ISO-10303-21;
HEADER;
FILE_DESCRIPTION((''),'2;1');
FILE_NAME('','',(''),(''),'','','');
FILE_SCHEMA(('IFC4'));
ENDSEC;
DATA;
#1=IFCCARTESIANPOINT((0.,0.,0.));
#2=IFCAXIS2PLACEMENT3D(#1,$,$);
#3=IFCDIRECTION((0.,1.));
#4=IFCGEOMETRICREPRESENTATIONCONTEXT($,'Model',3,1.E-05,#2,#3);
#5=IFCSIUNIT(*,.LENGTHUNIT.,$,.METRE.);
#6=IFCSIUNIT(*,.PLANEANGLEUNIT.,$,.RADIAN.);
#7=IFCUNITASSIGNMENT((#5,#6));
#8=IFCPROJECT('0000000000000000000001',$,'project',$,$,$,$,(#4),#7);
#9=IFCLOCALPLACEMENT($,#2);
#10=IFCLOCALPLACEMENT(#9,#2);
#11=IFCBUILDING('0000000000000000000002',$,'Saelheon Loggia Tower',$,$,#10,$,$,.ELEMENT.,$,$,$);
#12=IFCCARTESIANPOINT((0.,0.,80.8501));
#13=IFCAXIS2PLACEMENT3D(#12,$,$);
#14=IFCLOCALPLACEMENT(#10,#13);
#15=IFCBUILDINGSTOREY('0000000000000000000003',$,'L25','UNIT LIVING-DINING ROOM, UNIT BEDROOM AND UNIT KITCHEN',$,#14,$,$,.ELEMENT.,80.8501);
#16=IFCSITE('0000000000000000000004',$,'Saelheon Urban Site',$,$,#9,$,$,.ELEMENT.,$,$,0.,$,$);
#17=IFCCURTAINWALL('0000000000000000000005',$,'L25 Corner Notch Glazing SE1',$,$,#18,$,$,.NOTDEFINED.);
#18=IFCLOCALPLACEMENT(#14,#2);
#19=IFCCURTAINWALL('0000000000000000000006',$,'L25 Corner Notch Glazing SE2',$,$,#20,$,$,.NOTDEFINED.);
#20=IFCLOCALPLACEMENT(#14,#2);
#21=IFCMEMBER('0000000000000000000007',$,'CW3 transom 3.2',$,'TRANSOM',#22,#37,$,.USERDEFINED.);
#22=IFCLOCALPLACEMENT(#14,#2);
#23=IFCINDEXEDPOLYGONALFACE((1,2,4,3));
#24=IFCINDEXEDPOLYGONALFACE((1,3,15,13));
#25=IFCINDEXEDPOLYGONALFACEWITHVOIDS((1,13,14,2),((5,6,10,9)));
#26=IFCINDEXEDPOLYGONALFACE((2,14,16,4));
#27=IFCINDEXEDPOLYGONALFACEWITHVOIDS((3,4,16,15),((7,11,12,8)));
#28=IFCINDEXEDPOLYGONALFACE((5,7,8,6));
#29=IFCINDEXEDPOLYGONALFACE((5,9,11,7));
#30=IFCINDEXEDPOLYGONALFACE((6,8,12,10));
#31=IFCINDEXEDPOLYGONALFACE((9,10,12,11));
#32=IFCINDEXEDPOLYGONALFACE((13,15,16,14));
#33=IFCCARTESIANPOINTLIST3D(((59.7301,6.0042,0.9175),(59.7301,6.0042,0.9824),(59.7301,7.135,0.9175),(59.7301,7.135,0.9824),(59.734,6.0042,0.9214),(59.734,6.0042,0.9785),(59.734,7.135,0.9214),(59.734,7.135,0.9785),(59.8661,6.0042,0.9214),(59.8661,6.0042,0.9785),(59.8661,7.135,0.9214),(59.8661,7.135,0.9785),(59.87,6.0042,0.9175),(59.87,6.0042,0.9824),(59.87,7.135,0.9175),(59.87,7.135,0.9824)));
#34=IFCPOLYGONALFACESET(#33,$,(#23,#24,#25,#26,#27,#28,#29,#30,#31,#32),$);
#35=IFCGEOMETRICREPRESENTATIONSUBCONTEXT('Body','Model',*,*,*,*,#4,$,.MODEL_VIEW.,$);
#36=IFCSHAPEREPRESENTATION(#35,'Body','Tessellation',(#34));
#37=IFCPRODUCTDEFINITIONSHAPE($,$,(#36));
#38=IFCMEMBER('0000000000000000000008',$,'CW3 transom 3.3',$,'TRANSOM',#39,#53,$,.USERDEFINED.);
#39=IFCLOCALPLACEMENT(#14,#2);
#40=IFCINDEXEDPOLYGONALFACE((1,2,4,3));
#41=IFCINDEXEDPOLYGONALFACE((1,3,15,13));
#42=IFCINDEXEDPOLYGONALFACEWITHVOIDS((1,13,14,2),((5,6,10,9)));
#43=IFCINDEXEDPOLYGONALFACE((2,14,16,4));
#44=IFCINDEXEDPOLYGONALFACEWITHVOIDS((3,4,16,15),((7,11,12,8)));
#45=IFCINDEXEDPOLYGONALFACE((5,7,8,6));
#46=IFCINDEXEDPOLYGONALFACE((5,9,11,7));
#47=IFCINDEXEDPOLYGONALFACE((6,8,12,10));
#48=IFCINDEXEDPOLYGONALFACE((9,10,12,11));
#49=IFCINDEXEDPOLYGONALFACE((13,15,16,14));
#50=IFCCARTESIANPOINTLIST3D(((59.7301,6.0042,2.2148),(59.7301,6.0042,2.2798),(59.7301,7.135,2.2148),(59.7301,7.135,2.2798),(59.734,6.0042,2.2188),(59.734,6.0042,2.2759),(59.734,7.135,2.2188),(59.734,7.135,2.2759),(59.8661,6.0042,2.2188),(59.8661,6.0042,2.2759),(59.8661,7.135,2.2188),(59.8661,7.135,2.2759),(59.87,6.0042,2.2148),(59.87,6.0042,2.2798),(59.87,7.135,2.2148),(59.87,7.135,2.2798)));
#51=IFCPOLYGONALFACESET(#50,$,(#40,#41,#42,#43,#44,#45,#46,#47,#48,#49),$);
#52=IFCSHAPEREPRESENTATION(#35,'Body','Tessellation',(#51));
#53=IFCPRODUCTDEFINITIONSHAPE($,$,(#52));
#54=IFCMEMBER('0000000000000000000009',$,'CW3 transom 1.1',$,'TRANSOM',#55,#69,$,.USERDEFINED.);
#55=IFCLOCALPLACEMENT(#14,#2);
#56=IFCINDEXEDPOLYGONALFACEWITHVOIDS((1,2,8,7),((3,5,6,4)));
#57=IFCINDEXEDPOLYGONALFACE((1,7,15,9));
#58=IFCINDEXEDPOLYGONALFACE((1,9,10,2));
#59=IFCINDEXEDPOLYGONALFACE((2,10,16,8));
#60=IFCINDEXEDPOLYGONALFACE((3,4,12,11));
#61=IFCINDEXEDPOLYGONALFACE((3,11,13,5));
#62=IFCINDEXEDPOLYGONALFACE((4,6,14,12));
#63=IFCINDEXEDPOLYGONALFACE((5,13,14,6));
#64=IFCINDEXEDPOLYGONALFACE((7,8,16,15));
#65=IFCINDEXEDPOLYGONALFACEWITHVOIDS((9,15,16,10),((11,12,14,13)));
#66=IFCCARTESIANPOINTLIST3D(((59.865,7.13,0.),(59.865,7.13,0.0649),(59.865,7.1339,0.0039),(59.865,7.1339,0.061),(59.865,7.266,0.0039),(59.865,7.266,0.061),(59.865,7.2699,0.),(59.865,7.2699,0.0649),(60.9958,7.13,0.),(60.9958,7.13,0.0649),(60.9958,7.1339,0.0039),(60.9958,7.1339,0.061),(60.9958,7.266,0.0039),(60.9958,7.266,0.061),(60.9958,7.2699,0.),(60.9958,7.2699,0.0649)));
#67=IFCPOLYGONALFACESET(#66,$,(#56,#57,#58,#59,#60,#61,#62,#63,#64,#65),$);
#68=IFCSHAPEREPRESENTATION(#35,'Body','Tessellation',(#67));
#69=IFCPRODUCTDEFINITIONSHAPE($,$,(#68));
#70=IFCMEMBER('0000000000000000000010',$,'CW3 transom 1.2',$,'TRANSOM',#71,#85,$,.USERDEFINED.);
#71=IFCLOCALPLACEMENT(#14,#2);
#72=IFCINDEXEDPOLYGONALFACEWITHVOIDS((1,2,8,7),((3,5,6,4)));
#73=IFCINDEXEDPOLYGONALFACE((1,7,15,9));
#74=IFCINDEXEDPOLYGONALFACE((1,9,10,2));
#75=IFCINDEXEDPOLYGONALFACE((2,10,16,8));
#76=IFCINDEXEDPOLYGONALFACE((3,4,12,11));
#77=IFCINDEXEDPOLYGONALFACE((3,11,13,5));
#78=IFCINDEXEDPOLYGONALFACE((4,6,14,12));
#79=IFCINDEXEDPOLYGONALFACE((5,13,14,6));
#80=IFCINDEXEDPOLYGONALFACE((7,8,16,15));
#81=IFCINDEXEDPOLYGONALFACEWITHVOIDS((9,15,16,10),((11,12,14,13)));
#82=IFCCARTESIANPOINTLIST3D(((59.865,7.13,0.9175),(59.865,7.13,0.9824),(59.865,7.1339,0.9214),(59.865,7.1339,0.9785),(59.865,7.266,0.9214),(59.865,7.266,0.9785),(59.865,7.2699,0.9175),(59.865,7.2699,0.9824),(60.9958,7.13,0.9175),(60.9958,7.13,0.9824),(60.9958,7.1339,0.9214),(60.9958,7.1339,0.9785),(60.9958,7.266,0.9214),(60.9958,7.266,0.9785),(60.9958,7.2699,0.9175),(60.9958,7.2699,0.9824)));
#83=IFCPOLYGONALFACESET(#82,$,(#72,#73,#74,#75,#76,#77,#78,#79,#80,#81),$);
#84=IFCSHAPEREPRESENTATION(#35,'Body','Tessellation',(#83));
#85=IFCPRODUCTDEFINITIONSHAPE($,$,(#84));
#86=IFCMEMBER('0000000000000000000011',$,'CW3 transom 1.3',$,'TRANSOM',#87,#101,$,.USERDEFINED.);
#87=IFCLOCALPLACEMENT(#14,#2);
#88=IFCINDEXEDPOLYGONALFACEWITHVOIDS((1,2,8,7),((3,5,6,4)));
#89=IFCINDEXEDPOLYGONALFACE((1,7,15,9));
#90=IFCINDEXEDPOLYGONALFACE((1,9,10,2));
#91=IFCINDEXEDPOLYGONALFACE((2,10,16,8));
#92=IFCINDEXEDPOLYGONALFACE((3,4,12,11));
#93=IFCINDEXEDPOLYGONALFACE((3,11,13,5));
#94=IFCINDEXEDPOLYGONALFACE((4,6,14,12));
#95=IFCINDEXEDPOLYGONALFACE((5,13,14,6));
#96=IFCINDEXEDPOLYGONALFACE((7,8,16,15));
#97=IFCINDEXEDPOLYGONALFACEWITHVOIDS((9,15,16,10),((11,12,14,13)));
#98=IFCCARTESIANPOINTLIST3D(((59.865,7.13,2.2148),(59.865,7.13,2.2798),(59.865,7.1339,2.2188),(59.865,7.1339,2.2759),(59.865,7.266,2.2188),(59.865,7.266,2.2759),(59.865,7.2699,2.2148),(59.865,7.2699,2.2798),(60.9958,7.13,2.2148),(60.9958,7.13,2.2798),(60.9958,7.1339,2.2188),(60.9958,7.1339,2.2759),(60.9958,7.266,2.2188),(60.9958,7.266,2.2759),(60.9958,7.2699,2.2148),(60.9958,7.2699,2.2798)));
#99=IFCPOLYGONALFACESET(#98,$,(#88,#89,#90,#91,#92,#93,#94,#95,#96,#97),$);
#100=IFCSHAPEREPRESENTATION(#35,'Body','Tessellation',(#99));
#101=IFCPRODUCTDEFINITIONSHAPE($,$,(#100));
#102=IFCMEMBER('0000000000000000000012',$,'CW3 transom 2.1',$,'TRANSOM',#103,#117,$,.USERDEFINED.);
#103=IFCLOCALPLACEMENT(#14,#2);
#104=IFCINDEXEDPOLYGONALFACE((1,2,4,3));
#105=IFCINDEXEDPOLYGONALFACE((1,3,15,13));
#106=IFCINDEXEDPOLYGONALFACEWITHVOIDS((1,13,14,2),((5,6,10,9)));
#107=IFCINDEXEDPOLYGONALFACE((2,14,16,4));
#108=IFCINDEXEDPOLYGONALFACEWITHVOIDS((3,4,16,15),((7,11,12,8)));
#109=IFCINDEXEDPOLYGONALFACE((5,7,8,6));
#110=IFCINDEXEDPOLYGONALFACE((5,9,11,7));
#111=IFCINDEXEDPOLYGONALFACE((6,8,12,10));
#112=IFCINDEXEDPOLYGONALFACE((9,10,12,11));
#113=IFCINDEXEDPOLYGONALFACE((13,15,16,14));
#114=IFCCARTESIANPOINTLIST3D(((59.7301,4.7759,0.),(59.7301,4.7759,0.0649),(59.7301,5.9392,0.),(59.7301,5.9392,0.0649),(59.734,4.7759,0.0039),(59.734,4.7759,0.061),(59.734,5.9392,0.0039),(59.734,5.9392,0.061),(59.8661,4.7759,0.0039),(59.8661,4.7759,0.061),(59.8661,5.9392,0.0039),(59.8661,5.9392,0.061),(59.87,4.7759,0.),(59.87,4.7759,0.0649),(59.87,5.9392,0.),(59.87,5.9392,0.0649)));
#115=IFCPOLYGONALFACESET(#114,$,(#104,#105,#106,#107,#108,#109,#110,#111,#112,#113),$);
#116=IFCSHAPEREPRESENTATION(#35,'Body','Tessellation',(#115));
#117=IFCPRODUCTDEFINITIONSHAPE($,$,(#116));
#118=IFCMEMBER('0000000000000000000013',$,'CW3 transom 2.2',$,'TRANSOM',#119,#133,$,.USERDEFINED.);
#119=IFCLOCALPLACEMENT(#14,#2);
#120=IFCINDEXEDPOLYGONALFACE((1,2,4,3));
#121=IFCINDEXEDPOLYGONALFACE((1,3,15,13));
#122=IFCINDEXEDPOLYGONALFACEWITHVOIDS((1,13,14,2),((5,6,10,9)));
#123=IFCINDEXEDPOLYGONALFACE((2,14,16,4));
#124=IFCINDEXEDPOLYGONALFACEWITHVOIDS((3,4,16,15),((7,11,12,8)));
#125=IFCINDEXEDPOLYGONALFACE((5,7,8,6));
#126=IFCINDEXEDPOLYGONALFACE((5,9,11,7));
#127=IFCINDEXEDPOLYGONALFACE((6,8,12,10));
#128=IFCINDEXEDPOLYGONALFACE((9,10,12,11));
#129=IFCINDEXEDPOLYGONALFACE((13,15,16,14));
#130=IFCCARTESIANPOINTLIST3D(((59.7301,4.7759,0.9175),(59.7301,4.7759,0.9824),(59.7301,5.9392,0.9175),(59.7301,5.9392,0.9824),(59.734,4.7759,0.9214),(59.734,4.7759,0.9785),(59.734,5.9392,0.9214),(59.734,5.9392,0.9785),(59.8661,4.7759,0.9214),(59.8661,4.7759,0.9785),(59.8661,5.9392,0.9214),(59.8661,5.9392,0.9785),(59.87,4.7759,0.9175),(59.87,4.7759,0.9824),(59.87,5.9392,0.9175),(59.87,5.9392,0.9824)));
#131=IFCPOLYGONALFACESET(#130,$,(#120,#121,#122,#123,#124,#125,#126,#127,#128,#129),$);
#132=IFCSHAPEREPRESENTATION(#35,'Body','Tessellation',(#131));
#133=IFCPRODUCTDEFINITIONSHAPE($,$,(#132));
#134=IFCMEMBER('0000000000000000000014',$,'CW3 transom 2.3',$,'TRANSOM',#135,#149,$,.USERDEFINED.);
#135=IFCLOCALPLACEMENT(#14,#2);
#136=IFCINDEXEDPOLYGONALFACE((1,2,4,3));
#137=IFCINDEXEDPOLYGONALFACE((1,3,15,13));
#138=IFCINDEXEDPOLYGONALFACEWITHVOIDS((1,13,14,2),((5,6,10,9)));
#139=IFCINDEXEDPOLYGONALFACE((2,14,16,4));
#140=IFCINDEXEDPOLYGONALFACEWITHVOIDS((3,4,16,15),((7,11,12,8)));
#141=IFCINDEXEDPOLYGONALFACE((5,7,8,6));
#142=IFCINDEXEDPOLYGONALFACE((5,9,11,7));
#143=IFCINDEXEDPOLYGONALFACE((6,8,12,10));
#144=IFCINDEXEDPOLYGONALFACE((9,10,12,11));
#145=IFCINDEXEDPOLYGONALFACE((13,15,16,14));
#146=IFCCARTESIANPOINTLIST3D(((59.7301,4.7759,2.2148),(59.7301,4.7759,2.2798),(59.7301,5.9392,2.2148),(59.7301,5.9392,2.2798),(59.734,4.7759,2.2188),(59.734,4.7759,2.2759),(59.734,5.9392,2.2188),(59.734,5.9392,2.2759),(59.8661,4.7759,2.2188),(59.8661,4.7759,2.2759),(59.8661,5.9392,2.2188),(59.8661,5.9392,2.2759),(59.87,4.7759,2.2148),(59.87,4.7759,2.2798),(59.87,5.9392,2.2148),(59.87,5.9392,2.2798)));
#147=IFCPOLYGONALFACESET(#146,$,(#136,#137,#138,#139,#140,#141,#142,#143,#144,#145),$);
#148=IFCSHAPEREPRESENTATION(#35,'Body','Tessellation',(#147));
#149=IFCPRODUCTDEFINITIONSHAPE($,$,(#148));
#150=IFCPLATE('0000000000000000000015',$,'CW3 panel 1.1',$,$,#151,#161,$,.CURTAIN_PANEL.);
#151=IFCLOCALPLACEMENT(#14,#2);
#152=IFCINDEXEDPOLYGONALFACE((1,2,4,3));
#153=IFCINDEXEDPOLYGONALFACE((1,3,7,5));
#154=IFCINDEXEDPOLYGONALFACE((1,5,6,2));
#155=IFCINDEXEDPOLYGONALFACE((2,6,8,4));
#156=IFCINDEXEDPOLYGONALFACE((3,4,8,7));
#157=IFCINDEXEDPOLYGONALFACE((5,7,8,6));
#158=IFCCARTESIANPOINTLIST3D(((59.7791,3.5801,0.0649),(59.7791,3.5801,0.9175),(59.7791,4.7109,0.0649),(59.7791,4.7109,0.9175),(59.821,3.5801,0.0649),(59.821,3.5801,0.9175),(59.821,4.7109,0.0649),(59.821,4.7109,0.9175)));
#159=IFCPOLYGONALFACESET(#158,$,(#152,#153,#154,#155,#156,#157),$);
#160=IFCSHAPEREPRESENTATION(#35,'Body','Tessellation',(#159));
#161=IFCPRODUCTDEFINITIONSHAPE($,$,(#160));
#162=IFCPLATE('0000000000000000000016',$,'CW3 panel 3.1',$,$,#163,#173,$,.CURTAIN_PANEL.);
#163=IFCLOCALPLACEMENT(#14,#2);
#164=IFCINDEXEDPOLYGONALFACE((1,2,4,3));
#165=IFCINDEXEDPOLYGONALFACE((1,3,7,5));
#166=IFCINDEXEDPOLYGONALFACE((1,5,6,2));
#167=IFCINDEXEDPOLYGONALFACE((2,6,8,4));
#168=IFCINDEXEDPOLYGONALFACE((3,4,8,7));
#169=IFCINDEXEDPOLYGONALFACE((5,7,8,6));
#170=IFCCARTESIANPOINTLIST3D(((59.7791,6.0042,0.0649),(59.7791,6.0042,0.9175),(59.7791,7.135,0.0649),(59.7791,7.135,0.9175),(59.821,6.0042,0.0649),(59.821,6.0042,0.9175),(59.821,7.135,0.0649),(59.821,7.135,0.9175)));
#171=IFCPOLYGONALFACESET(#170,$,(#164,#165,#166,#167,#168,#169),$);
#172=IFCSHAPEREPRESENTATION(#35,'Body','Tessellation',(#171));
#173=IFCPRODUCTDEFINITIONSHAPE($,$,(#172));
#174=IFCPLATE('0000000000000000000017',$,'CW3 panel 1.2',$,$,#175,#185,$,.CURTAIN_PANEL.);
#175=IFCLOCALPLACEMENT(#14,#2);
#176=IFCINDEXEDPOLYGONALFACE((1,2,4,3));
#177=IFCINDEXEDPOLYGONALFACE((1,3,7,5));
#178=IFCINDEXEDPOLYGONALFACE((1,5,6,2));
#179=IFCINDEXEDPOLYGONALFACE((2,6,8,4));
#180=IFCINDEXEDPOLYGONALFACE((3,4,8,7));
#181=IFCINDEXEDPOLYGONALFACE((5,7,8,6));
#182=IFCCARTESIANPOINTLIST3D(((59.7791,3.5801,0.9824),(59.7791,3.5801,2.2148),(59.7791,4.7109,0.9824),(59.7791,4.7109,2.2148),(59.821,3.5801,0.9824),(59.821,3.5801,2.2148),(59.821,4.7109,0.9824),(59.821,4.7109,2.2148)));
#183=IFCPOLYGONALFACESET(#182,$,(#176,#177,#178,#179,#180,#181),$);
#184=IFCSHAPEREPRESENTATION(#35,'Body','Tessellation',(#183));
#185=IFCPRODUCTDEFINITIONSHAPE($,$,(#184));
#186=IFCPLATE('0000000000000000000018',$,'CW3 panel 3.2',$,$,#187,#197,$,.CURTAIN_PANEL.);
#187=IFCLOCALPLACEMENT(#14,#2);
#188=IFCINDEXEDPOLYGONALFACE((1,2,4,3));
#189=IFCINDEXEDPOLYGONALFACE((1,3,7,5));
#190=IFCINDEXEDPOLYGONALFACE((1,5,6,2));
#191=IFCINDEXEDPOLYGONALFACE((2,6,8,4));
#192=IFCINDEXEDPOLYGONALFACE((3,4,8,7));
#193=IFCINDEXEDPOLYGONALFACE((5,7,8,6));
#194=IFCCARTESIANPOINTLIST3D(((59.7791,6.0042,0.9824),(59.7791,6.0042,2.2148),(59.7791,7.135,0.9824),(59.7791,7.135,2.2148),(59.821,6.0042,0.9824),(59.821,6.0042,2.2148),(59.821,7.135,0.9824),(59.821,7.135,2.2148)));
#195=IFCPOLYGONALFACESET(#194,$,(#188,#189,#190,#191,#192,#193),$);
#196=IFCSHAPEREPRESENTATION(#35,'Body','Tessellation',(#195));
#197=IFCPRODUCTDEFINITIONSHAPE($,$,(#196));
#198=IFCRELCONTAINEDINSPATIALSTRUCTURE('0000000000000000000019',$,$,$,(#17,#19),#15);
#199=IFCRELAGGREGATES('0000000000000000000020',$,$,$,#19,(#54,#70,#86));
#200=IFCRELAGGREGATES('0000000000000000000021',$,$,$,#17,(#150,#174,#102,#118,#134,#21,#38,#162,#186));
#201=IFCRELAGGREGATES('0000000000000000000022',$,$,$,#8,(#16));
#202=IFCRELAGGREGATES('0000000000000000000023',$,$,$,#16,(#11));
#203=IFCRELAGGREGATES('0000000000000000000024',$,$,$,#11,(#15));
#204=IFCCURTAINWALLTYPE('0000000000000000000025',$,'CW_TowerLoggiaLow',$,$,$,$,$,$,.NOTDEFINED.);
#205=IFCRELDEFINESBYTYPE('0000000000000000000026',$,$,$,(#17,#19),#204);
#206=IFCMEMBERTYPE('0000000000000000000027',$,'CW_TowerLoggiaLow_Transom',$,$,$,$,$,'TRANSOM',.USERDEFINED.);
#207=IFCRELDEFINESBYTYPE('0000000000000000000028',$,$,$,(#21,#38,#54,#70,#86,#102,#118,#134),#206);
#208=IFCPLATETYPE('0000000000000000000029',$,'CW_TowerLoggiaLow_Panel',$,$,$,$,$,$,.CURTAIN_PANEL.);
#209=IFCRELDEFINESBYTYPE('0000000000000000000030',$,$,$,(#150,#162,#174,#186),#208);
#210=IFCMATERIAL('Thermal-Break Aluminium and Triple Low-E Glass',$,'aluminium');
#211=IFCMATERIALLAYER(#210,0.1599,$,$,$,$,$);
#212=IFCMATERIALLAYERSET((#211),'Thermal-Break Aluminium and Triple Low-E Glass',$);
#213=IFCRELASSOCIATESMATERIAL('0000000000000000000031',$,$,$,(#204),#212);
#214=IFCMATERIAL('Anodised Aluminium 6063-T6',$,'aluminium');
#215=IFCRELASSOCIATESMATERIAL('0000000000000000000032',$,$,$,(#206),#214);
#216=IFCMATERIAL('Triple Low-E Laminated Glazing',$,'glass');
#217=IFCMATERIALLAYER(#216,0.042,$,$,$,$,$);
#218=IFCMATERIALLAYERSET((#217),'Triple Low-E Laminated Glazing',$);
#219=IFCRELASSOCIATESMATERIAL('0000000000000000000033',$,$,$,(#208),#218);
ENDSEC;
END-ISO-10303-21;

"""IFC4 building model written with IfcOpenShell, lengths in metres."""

from ifc_helpers import new_model, si_unit, direction, frame, origin, origin_2d, place, context, subcontext, project, spatial, rectangle, hollow_rectangle, extrude, source, transform, mapped, material, layer, layer_set, material_profile, profile_set, type_object, element, aggregate, save


model = new_model("IFC4")

# Units and contexts
model_context = context("Model", 3, precision=1e-05, world=origin(), true_north=direction((0.0, 1.0)))
body_context = subcontext(model_context, "Body", "Model", "MODEL_VIEW")
ifc_project = project(units=[si_unit("LENGTHUNIT", "METRE"), si_unit("PLANEANGLEUNIT", "RADIAN")], contexts=[model_context])

# Site, building, storey
site_placement = place(None, origin())
site = spatial("IfcSite", under=ifc_project, at=site_placement, Name="Saelheon Urban Site", CompositionType="ELEMENT", RefElevation=0.0)
building_placement = place(site_placement, origin())
building = spatial("IfcBuilding", under=site, at=building_placement, Name="Saelheon Loggia Tower", CompositionType="ELEMENT")
storey_placement = place(building_placement, frame((0.0, 0.0, 80.8501)))
storey = spatial("IfcBuildingStorey", under=building, at=storey_placement, Name="L25", Description="UNIT LIVING-DINING ROOM, UNIT BEDROOM AND UNIT KITCHEN", CompositionType="ELEMENT", Elevation=80.8501)

# Curtain wall
ifc_material_1 = material(Name="Thermal-Break Aluminium and Triple Low-E Glass", Category="aluminium")
ifc_layer_1 = layer(ifc_material_1, 0.1599)
ifc_layer_set_1 = layer_set([ifc_layer_1], Name="Thermal-Break Aluminium and Triple Low-E Glass")
curtain_wall_type = type_object("IfcCurtainWallType", Name="CW_TowerLoggiaLow", PredefinedType="NOTDEFINED", material=ifc_layer_set_1)
curtain_wall_1_placement = place(storey_placement, origin())
curtain_wall_1 = element("IfcCurtainWall", 1, at=curtain_wall_1_placement, inside=storey, type_object=curtain_wall_type, Name="L25 Corner Notch Glazing SE1", PredefinedType="NOTDEFINED")
ifc_material_2 = material(Name="Anodised Aluminium 6063-T6", Category="aluminium")

# Curtain wall
curtain_wall_2_placement = place(storey_placement, origin())
curtain_wall_2 = element("IfcCurtainWall", 2, at=curtain_wall_2_placement, inside=storey, type_object=curtain_wall_type, Name="L25 Corner Notch Glazing SE2", PredefinedType="NOTDEFINED")

# Members
ifc_material_profile_1 = material_profile(ifc_material_2, hollow_rectangle(XDim=0.0649, YDim=0.1399, WallThickness=0.0039, at=origin_2d()), Name="RHS-140x65x4")
ifc_profile_set_1 = profile_set([ifc_material_profile_1], Name="Anodised Aluminium 6063-T6")
member_type_1 = type_object("IfcMemberType", Name="CW_TowerLoggiaLow_Transom", ElementType="TRANSOM", PredefinedType="USERDEFINED", material=ifc_profile_set_1)
shared_shape_1 = source(origin(), body_context, "Body", "SweptSolid", [
    extrude(hollow_rectangle(XDim=0.0649, YDim=0.1399, WallThickness=0.0039, at=origin_2d()), origin(), (0.0, 0.0, 1.0), 1.1309),
])
member_1_placement = place(storey_placement, frame((59.8, 6.0042, 0.95), z_axis=(0.0, 1.0, 0.0), x_axis=(0.0, 0.0, 1.0)))
member_1 = element("IfcMember", 3, at=member_1_placement, type_object=member_type_1, Name="CW3 transom 3.2", ObjectType="TRANSOM", PredefinedType="USERDEFINED", context=body_context, shape_type="MappedRepresentation", body=[
    mapped(shared_shape_1, transform((0.0, 0.0, 0.0), scale=1.0)),
])
member_2_placement = place(storey_placement, frame((59.8, 6.0042, 2.2473), z_axis=(0.0, 1.0, 0.0), x_axis=(0.0, 0.0, 1.0)))
member_2 = element("IfcMember", 4, at=member_2_placement, type_object=member_type_1, Name="CW3 transom 3.3", ObjectType="TRANSOM", PredefinedType="USERDEFINED", context=body_context, shape_type="MappedRepresentation", body=[
    mapped(shared_shape_1, transform((0.0, 0.0, 0.0), scale=1.0)),
])
member_3_placement = place(storey_placement, frame((59.865, 7.2, 0.0325), z_axis=(1.0, 0.0, 0.0), x_axis=(0.0, 0.0, 1.0)))
member_3 = element("IfcMember", 5, at=member_3_placement, type_object=member_type_1, Name="CW3 transom 1.1", ObjectType="TRANSOM", PredefinedType="USERDEFINED", context=body_context, shape_type="MappedRepresentation", body=[
    mapped(shared_shape_1, transform((0.0, 0.0, 0.0), scale=1.0)),
])
member_4_placement = place(storey_placement, frame((59.865, 7.2, 0.95), z_axis=(1.0, 0.0, 0.0), x_axis=(0.0, 0.0, 1.0)))
member_4 = element("IfcMember", 6, at=member_4_placement, type_object=member_type_1, Name="CW3 transom 1.2", ObjectType="TRANSOM", PredefinedType="USERDEFINED", context=body_context, shape_type="MappedRepresentation", body=[
    mapped(shared_shape_1, transform((0.0, 0.0, 0.0), scale=1.0)),
])
member_5_placement = place(storey_placement, frame((59.865, 7.2, 2.2473), z_axis=(1.0, 0.0, 0.0), x_axis=(0.0, 0.0, 1.0)))
member_5 = element("IfcMember", 7, at=member_5_placement, type_object=member_type_1, Name="CW3 transom 1.3", ObjectType="TRANSOM", PredefinedType="USERDEFINED", context=body_context, shape_type="MappedRepresentation", body=[
    mapped(shared_shape_1, transform((0.0, 0.0, 0.0), scale=1.0)),
])
aggregate(curtain_wall_2, [member_3, member_4, member_5])
shared_shape_2 = source(origin(), body_context, "Body", "SweptSolid", [
    extrude(hollow_rectangle(XDim=0.0649, YDim=0.1399, WallThickness=0.0039, at=origin_2d()), origin(), (0.0, 0.0, 1.0), 1.1633),
])
member_6_placement = place(storey_placement, frame((59.8, 4.7759, 0.0325), z_axis=(0.0, 1.0, 0.0), x_axis=(0.0, 0.0, 1.0)))
member_6 = element("IfcMember", 8, at=member_6_placement, type_object=member_type_1, Name="CW3 transom 2.1", ObjectType="TRANSOM", PredefinedType="USERDEFINED", context=body_context, shape_type="MappedRepresentation", body=[
    mapped(shared_shape_2, transform((0.0, 0.0, 0.0), scale=1.0)),
])
member_7_placement = place(storey_placement, frame((59.8, 4.7759, 0.95), z_axis=(0.0, 1.0, 0.0), x_axis=(0.0, 0.0, 1.0)))
member_7 = element("IfcMember", 9, at=member_7_placement, type_object=member_type_1, Name="CW3 transom 2.2", ObjectType="TRANSOM", PredefinedType="USERDEFINED", context=body_context, shape_type="MappedRepresentation", body=[
    mapped(shared_shape_2, transform((0.0, 0.0, 0.0), scale=1.0)),
])
member_8_placement = place(storey_placement, frame((59.8, 4.7759, 2.2473), z_axis=(0.0, 1.0, 0.0), x_axis=(0.0, 0.0, 1.0)))
member_8 = element("IfcMember", 10, at=member_8_placement, type_object=member_type_1, Name="CW3 transom 2.3", ObjectType="TRANSOM", PredefinedType="USERDEFINED", context=body_context, shape_type="MappedRepresentation", body=[
    mapped(shared_shape_2, transform((0.0, 0.0, 0.0), scale=1.0)),
])

# Plates
ifc_material_3 = material(Name="Triple Low-E Laminated Glazing", Category="glass")
ifc_layer_2 = layer(ifc_material_3, 0.042)
ifc_layer_set_2 = layer_set([ifc_layer_2], Name="Triple Low-E Laminated Glazing")
plate_type = type_object("IfcPlateType", Name="CW_TowerLoggiaLow_Panel", PredefinedType="CURTAIN_PANEL", material=ifc_layer_set_2)
shared_shape_3 = source(origin(), body_context, "Body", "SweptSolid", [
    extrude(rectangle(XDim=1.1309, YDim=0.042, at=origin_2d()), origin(), (0.0, 0.0, 1.0), 0.8525),
])
plate_1_placement = place(storey_placement, frame((59.8, 4.1455, 0.0649), z_axis=(0.0, 0.0, 1.0), x_axis=(0.0, 1.0, 0.0)))
plate_1 = element("IfcPlate", 11, at=plate_1_placement, type_object=plate_type, Name="CW3 panel 1.1", PredefinedType="CURTAIN_PANEL", context=body_context, shape_type="MappedRepresentation", body=[
    mapped(shared_shape_3, transform((0.0, 0.0, 0.0), scale=1.0)),
])
plate_2_placement = place(storey_placement, frame((59.8, 6.5696, 0.0649), z_axis=(0.0, 0.0, 1.0), x_axis=(0.0, 1.0, 0.0)))
plate_2 = element("IfcPlate", 12, at=plate_2_placement, type_object=plate_type, Name="CW3 panel 3.1", PredefinedType="CURTAIN_PANEL", context=body_context, shape_type="MappedRepresentation", body=[
    mapped(shared_shape_3, transform((0.0, 0.0, 0.0), scale=1.0)),
])
shared_shape_4 = source(origin(), body_context, "Body", "SweptSolid", [
    extrude(rectangle(XDim=1.1309, YDim=0.042, at=origin_2d()), origin(), (0.0, 0.0, 1.0), 1.2324),
])
plate_3_placement = place(storey_placement, frame((59.8, 4.1455, 0.9824), z_axis=(0.0, 0.0, 1.0), x_axis=(0.0, 1.0, 0.0)))
plate_3 = element("IfcPlate", 13, at=plate_3_placement, type_object=plate_type, Name="CW3 panel 1.2", PredefinedType="CURTAIN_PANEL", context=body_context, shape_type="MappedRepresentation", body=[
    mapped(shared_shape_4, transform((0.0, 0.0, 0.0), scale=1.0)),
])
plate_4_placement = place(storey_placement, frame((59.8, 6.5696, 0.9824), z_axis=(0.0, 0.0, 1.0), x_axis=(0.0, 1.0, 0.0)))
plate_4 = element("IfcPlate", 14, at=plate_4_placement, type_object=plate_type, Name="CW3 panel 3.2", PredefinedType="CURTAIN_PANEL", context=body_context, shape_type="MappedRepresentation", body=[
    mapped(shared_shape_4, transform((0.0, 0.0, 0.0), scale=1.0)),
])
aggregate(curtain_wall_1, [plate_1, plate_3, member_6, member_7, member_8, member_1, member_2, plate_2, plate_4])

save(model, "model.ifc")
